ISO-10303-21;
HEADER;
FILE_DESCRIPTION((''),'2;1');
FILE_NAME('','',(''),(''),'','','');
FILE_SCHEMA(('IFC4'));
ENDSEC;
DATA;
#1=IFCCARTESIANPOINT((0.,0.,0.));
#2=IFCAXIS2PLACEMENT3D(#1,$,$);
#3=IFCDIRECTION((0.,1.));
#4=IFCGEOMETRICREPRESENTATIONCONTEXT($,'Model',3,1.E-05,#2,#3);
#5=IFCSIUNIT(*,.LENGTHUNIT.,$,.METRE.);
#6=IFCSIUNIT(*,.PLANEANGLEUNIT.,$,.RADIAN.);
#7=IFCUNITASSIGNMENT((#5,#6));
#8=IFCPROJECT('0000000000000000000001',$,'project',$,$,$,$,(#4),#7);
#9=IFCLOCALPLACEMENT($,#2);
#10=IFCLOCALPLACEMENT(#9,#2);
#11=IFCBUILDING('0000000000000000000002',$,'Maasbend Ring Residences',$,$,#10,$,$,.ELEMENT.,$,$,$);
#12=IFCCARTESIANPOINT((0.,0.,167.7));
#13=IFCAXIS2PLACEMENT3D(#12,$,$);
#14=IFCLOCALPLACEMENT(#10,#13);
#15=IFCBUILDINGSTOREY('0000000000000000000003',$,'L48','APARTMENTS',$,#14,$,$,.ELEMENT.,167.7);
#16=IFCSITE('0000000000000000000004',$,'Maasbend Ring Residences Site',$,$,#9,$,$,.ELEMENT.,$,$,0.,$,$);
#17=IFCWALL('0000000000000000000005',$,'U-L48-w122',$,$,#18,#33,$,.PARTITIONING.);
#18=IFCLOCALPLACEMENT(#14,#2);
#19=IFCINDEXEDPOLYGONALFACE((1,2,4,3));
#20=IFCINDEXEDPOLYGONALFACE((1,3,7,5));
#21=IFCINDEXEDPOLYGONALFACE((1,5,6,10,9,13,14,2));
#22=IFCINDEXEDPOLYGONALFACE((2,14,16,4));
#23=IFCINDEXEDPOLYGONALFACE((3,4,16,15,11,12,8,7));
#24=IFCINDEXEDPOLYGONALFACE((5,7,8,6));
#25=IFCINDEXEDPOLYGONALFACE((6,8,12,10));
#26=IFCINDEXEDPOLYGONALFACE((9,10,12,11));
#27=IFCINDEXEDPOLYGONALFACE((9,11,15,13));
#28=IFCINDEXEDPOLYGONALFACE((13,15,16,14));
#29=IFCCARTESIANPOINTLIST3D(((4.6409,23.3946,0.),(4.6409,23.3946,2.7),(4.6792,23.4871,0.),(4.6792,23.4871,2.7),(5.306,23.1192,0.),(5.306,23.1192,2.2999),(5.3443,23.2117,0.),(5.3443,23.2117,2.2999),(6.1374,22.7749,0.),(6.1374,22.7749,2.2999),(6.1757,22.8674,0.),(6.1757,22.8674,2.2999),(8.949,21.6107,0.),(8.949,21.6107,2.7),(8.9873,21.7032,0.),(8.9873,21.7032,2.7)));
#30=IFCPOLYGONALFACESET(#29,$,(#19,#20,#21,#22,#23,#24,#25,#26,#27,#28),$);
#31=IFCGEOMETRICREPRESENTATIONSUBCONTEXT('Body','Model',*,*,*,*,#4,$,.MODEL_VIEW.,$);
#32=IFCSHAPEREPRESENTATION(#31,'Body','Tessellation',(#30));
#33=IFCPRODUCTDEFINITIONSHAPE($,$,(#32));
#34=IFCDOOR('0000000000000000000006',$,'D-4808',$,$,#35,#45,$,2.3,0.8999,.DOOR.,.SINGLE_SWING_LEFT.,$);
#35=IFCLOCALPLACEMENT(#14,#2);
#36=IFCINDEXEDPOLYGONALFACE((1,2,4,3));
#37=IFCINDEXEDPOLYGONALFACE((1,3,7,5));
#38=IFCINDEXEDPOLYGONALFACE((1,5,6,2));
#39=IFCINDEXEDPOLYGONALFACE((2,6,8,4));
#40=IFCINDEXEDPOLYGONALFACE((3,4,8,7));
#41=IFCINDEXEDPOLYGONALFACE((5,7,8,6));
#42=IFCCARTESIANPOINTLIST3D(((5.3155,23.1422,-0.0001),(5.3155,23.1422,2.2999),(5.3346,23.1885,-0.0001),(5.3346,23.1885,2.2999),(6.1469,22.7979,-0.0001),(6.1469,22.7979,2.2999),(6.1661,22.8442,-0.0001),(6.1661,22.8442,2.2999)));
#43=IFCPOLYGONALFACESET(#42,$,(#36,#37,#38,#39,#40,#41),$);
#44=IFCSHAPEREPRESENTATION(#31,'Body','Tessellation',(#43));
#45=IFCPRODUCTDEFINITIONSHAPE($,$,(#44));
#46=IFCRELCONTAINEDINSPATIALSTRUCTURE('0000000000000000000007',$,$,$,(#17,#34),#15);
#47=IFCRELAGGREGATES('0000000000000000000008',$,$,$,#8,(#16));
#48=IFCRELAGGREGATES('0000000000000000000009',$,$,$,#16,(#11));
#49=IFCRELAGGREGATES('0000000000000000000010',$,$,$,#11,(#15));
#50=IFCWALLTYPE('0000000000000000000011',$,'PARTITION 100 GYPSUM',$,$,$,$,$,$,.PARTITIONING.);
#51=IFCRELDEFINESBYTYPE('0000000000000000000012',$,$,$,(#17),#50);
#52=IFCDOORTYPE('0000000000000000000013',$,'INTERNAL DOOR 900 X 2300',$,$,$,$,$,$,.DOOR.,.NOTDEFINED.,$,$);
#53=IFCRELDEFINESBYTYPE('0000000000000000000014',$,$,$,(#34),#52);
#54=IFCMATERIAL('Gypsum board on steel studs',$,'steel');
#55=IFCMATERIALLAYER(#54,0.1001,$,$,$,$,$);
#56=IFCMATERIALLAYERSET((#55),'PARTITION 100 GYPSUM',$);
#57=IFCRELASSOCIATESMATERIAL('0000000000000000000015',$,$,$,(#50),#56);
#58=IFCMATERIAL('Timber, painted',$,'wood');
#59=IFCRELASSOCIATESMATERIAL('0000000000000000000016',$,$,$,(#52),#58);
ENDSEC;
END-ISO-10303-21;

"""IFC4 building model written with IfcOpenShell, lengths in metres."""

from ifc_helpers import new_model, si_unit, direction, frame, frame_2d, origin, place, context, subcontext, project, spatial, rectangle, extrude, material, layer, layer_set, type_object, element, fill, save


model = new_model("IFC4")

# Units and contexts
model_context = context("Model", 3, precision=1e-05, world=origin(), true_north=direction((0.0, 1.0)))
body_context = subcontext(model_context, "Body", "Model", "MODEL_VIEW")
ifc_project = project(units=[si_unit("LENGTHUNIT", "METRE"), si_unit("PLANEANGLEUNIT", "RADIAN")], contexts=[model_context])

# Site, building, storey
site_placement = place(None, origin())
site = spatial("IfcSite", under=ifc_project, at=site_placement, Name="Maasbend Ring Residences Site", CompositionType="ELEMENT", RefElevation=0.0)
building_placement = place(site_placement, origin())
building = spatial("IfcBuilding", under=site, at=building_placement, Name="Maasbend Ring Residences", CompositionType="ELEMENT")
storey_placement = place(building_placement, frame((0.0, 0.0, 167.7)))
storey = spatial("IfcBuildingStorey", under=building, at=storey_placement, Name="L48", Description="APARTMENTS", CompositionType="ELEMENT", Elevation=167.7)

# Shared definitions
ifc_material_1 = material(Name="Gypsum board on steel studs", Category="steel")
ifc_layer_1 = layer(ifc_material_1, 0.1001)
ifc_layer_set_1 = layer_set([ifc_layer_1], Name="PARTITION 100 GYPSUM")
wall_type_1 = type_object("IfcWallType", Name="PARTITION 100 GYPSUM", PredefinedType="PARTITIONING", material=ifc_layer_set_1)

# Wall, opening, door
ifc_material_2 = material(Name="Timber, painted", Category="wood")
door_type_1 = type_object("IfcDoorType", Name="INTERNAL DOOR 900 X 2300", OperationType="NOTDEFINED", PredefinedType="DOOR", material=ifc_material_2)
wall_1_placement = place(storey_placement, frame((4.6599, 23.4409, 0.0), z_axis=(0.0, 0.0, 1.0), x_axis=(0.92392, -0.382585, 0.0)))
wall_1 = element("IfcWall", 1, at=wall_1_placement, inside=storey, type_object=wall_type_1, Name="U-L48-w122", PredefinedType="PARTITIONING", context=body_context, shape_type="SweptSolid", body=[
    extrude(rectangle(XDim=4.6628, YDim=0.1001, at=frame_2d((2.3315, 0.0))), origin(), (0.0, 0.0, 1.0), 2.7),
])
opening_1_placement = place(wall_1_placement, frame((0.72, 0.0, 0.0)))
opening_1 = element("IfcOpeningElement", 2, at=opening_1_placement, cuts=wall_1, PredefinedType="OPENING", context=body_context, shape_type="SweptSolid", body=[
    extrude(rectangle(XDim=0.8999, YDim=2.3, at=frame_2d((0.45, 1.1499))), frame((0.0, 0.0601, 0.0), z_axis=(0.0, -1.0, 0.0), x_axis=(1.0, 0.0, 0.0)), (0.0, 0.0, 1.0), 0.1201),
])
door_1_placement = place(opening_1_placement, origin())
door_1 = element("IfcDoor", 3, at=door_1_placement, inside=storey, type_object=door_type_1, Name="D-4808", OperationType="SINGLE_SWING_LEFT", OverallHeight=2.3, OverallWidth=0.8999, PredefinedType="DOOR", context=body_context, shape_type="SweptSolid", body=[
    extrude(rectangle(XDim=0.8999, YDim=2.3, at=frame_2d((0.45, 1.1499))), frame((0.0, 0.0249, 0.0), z_axis=(0.0, -1.0, 0.0), x_axis=(1.0, 0.0, 0.0)), (0.0, 0.0, 1.0), 0.05),
])
fill(opening_1, door_1)

save(model, "model.ifc")
